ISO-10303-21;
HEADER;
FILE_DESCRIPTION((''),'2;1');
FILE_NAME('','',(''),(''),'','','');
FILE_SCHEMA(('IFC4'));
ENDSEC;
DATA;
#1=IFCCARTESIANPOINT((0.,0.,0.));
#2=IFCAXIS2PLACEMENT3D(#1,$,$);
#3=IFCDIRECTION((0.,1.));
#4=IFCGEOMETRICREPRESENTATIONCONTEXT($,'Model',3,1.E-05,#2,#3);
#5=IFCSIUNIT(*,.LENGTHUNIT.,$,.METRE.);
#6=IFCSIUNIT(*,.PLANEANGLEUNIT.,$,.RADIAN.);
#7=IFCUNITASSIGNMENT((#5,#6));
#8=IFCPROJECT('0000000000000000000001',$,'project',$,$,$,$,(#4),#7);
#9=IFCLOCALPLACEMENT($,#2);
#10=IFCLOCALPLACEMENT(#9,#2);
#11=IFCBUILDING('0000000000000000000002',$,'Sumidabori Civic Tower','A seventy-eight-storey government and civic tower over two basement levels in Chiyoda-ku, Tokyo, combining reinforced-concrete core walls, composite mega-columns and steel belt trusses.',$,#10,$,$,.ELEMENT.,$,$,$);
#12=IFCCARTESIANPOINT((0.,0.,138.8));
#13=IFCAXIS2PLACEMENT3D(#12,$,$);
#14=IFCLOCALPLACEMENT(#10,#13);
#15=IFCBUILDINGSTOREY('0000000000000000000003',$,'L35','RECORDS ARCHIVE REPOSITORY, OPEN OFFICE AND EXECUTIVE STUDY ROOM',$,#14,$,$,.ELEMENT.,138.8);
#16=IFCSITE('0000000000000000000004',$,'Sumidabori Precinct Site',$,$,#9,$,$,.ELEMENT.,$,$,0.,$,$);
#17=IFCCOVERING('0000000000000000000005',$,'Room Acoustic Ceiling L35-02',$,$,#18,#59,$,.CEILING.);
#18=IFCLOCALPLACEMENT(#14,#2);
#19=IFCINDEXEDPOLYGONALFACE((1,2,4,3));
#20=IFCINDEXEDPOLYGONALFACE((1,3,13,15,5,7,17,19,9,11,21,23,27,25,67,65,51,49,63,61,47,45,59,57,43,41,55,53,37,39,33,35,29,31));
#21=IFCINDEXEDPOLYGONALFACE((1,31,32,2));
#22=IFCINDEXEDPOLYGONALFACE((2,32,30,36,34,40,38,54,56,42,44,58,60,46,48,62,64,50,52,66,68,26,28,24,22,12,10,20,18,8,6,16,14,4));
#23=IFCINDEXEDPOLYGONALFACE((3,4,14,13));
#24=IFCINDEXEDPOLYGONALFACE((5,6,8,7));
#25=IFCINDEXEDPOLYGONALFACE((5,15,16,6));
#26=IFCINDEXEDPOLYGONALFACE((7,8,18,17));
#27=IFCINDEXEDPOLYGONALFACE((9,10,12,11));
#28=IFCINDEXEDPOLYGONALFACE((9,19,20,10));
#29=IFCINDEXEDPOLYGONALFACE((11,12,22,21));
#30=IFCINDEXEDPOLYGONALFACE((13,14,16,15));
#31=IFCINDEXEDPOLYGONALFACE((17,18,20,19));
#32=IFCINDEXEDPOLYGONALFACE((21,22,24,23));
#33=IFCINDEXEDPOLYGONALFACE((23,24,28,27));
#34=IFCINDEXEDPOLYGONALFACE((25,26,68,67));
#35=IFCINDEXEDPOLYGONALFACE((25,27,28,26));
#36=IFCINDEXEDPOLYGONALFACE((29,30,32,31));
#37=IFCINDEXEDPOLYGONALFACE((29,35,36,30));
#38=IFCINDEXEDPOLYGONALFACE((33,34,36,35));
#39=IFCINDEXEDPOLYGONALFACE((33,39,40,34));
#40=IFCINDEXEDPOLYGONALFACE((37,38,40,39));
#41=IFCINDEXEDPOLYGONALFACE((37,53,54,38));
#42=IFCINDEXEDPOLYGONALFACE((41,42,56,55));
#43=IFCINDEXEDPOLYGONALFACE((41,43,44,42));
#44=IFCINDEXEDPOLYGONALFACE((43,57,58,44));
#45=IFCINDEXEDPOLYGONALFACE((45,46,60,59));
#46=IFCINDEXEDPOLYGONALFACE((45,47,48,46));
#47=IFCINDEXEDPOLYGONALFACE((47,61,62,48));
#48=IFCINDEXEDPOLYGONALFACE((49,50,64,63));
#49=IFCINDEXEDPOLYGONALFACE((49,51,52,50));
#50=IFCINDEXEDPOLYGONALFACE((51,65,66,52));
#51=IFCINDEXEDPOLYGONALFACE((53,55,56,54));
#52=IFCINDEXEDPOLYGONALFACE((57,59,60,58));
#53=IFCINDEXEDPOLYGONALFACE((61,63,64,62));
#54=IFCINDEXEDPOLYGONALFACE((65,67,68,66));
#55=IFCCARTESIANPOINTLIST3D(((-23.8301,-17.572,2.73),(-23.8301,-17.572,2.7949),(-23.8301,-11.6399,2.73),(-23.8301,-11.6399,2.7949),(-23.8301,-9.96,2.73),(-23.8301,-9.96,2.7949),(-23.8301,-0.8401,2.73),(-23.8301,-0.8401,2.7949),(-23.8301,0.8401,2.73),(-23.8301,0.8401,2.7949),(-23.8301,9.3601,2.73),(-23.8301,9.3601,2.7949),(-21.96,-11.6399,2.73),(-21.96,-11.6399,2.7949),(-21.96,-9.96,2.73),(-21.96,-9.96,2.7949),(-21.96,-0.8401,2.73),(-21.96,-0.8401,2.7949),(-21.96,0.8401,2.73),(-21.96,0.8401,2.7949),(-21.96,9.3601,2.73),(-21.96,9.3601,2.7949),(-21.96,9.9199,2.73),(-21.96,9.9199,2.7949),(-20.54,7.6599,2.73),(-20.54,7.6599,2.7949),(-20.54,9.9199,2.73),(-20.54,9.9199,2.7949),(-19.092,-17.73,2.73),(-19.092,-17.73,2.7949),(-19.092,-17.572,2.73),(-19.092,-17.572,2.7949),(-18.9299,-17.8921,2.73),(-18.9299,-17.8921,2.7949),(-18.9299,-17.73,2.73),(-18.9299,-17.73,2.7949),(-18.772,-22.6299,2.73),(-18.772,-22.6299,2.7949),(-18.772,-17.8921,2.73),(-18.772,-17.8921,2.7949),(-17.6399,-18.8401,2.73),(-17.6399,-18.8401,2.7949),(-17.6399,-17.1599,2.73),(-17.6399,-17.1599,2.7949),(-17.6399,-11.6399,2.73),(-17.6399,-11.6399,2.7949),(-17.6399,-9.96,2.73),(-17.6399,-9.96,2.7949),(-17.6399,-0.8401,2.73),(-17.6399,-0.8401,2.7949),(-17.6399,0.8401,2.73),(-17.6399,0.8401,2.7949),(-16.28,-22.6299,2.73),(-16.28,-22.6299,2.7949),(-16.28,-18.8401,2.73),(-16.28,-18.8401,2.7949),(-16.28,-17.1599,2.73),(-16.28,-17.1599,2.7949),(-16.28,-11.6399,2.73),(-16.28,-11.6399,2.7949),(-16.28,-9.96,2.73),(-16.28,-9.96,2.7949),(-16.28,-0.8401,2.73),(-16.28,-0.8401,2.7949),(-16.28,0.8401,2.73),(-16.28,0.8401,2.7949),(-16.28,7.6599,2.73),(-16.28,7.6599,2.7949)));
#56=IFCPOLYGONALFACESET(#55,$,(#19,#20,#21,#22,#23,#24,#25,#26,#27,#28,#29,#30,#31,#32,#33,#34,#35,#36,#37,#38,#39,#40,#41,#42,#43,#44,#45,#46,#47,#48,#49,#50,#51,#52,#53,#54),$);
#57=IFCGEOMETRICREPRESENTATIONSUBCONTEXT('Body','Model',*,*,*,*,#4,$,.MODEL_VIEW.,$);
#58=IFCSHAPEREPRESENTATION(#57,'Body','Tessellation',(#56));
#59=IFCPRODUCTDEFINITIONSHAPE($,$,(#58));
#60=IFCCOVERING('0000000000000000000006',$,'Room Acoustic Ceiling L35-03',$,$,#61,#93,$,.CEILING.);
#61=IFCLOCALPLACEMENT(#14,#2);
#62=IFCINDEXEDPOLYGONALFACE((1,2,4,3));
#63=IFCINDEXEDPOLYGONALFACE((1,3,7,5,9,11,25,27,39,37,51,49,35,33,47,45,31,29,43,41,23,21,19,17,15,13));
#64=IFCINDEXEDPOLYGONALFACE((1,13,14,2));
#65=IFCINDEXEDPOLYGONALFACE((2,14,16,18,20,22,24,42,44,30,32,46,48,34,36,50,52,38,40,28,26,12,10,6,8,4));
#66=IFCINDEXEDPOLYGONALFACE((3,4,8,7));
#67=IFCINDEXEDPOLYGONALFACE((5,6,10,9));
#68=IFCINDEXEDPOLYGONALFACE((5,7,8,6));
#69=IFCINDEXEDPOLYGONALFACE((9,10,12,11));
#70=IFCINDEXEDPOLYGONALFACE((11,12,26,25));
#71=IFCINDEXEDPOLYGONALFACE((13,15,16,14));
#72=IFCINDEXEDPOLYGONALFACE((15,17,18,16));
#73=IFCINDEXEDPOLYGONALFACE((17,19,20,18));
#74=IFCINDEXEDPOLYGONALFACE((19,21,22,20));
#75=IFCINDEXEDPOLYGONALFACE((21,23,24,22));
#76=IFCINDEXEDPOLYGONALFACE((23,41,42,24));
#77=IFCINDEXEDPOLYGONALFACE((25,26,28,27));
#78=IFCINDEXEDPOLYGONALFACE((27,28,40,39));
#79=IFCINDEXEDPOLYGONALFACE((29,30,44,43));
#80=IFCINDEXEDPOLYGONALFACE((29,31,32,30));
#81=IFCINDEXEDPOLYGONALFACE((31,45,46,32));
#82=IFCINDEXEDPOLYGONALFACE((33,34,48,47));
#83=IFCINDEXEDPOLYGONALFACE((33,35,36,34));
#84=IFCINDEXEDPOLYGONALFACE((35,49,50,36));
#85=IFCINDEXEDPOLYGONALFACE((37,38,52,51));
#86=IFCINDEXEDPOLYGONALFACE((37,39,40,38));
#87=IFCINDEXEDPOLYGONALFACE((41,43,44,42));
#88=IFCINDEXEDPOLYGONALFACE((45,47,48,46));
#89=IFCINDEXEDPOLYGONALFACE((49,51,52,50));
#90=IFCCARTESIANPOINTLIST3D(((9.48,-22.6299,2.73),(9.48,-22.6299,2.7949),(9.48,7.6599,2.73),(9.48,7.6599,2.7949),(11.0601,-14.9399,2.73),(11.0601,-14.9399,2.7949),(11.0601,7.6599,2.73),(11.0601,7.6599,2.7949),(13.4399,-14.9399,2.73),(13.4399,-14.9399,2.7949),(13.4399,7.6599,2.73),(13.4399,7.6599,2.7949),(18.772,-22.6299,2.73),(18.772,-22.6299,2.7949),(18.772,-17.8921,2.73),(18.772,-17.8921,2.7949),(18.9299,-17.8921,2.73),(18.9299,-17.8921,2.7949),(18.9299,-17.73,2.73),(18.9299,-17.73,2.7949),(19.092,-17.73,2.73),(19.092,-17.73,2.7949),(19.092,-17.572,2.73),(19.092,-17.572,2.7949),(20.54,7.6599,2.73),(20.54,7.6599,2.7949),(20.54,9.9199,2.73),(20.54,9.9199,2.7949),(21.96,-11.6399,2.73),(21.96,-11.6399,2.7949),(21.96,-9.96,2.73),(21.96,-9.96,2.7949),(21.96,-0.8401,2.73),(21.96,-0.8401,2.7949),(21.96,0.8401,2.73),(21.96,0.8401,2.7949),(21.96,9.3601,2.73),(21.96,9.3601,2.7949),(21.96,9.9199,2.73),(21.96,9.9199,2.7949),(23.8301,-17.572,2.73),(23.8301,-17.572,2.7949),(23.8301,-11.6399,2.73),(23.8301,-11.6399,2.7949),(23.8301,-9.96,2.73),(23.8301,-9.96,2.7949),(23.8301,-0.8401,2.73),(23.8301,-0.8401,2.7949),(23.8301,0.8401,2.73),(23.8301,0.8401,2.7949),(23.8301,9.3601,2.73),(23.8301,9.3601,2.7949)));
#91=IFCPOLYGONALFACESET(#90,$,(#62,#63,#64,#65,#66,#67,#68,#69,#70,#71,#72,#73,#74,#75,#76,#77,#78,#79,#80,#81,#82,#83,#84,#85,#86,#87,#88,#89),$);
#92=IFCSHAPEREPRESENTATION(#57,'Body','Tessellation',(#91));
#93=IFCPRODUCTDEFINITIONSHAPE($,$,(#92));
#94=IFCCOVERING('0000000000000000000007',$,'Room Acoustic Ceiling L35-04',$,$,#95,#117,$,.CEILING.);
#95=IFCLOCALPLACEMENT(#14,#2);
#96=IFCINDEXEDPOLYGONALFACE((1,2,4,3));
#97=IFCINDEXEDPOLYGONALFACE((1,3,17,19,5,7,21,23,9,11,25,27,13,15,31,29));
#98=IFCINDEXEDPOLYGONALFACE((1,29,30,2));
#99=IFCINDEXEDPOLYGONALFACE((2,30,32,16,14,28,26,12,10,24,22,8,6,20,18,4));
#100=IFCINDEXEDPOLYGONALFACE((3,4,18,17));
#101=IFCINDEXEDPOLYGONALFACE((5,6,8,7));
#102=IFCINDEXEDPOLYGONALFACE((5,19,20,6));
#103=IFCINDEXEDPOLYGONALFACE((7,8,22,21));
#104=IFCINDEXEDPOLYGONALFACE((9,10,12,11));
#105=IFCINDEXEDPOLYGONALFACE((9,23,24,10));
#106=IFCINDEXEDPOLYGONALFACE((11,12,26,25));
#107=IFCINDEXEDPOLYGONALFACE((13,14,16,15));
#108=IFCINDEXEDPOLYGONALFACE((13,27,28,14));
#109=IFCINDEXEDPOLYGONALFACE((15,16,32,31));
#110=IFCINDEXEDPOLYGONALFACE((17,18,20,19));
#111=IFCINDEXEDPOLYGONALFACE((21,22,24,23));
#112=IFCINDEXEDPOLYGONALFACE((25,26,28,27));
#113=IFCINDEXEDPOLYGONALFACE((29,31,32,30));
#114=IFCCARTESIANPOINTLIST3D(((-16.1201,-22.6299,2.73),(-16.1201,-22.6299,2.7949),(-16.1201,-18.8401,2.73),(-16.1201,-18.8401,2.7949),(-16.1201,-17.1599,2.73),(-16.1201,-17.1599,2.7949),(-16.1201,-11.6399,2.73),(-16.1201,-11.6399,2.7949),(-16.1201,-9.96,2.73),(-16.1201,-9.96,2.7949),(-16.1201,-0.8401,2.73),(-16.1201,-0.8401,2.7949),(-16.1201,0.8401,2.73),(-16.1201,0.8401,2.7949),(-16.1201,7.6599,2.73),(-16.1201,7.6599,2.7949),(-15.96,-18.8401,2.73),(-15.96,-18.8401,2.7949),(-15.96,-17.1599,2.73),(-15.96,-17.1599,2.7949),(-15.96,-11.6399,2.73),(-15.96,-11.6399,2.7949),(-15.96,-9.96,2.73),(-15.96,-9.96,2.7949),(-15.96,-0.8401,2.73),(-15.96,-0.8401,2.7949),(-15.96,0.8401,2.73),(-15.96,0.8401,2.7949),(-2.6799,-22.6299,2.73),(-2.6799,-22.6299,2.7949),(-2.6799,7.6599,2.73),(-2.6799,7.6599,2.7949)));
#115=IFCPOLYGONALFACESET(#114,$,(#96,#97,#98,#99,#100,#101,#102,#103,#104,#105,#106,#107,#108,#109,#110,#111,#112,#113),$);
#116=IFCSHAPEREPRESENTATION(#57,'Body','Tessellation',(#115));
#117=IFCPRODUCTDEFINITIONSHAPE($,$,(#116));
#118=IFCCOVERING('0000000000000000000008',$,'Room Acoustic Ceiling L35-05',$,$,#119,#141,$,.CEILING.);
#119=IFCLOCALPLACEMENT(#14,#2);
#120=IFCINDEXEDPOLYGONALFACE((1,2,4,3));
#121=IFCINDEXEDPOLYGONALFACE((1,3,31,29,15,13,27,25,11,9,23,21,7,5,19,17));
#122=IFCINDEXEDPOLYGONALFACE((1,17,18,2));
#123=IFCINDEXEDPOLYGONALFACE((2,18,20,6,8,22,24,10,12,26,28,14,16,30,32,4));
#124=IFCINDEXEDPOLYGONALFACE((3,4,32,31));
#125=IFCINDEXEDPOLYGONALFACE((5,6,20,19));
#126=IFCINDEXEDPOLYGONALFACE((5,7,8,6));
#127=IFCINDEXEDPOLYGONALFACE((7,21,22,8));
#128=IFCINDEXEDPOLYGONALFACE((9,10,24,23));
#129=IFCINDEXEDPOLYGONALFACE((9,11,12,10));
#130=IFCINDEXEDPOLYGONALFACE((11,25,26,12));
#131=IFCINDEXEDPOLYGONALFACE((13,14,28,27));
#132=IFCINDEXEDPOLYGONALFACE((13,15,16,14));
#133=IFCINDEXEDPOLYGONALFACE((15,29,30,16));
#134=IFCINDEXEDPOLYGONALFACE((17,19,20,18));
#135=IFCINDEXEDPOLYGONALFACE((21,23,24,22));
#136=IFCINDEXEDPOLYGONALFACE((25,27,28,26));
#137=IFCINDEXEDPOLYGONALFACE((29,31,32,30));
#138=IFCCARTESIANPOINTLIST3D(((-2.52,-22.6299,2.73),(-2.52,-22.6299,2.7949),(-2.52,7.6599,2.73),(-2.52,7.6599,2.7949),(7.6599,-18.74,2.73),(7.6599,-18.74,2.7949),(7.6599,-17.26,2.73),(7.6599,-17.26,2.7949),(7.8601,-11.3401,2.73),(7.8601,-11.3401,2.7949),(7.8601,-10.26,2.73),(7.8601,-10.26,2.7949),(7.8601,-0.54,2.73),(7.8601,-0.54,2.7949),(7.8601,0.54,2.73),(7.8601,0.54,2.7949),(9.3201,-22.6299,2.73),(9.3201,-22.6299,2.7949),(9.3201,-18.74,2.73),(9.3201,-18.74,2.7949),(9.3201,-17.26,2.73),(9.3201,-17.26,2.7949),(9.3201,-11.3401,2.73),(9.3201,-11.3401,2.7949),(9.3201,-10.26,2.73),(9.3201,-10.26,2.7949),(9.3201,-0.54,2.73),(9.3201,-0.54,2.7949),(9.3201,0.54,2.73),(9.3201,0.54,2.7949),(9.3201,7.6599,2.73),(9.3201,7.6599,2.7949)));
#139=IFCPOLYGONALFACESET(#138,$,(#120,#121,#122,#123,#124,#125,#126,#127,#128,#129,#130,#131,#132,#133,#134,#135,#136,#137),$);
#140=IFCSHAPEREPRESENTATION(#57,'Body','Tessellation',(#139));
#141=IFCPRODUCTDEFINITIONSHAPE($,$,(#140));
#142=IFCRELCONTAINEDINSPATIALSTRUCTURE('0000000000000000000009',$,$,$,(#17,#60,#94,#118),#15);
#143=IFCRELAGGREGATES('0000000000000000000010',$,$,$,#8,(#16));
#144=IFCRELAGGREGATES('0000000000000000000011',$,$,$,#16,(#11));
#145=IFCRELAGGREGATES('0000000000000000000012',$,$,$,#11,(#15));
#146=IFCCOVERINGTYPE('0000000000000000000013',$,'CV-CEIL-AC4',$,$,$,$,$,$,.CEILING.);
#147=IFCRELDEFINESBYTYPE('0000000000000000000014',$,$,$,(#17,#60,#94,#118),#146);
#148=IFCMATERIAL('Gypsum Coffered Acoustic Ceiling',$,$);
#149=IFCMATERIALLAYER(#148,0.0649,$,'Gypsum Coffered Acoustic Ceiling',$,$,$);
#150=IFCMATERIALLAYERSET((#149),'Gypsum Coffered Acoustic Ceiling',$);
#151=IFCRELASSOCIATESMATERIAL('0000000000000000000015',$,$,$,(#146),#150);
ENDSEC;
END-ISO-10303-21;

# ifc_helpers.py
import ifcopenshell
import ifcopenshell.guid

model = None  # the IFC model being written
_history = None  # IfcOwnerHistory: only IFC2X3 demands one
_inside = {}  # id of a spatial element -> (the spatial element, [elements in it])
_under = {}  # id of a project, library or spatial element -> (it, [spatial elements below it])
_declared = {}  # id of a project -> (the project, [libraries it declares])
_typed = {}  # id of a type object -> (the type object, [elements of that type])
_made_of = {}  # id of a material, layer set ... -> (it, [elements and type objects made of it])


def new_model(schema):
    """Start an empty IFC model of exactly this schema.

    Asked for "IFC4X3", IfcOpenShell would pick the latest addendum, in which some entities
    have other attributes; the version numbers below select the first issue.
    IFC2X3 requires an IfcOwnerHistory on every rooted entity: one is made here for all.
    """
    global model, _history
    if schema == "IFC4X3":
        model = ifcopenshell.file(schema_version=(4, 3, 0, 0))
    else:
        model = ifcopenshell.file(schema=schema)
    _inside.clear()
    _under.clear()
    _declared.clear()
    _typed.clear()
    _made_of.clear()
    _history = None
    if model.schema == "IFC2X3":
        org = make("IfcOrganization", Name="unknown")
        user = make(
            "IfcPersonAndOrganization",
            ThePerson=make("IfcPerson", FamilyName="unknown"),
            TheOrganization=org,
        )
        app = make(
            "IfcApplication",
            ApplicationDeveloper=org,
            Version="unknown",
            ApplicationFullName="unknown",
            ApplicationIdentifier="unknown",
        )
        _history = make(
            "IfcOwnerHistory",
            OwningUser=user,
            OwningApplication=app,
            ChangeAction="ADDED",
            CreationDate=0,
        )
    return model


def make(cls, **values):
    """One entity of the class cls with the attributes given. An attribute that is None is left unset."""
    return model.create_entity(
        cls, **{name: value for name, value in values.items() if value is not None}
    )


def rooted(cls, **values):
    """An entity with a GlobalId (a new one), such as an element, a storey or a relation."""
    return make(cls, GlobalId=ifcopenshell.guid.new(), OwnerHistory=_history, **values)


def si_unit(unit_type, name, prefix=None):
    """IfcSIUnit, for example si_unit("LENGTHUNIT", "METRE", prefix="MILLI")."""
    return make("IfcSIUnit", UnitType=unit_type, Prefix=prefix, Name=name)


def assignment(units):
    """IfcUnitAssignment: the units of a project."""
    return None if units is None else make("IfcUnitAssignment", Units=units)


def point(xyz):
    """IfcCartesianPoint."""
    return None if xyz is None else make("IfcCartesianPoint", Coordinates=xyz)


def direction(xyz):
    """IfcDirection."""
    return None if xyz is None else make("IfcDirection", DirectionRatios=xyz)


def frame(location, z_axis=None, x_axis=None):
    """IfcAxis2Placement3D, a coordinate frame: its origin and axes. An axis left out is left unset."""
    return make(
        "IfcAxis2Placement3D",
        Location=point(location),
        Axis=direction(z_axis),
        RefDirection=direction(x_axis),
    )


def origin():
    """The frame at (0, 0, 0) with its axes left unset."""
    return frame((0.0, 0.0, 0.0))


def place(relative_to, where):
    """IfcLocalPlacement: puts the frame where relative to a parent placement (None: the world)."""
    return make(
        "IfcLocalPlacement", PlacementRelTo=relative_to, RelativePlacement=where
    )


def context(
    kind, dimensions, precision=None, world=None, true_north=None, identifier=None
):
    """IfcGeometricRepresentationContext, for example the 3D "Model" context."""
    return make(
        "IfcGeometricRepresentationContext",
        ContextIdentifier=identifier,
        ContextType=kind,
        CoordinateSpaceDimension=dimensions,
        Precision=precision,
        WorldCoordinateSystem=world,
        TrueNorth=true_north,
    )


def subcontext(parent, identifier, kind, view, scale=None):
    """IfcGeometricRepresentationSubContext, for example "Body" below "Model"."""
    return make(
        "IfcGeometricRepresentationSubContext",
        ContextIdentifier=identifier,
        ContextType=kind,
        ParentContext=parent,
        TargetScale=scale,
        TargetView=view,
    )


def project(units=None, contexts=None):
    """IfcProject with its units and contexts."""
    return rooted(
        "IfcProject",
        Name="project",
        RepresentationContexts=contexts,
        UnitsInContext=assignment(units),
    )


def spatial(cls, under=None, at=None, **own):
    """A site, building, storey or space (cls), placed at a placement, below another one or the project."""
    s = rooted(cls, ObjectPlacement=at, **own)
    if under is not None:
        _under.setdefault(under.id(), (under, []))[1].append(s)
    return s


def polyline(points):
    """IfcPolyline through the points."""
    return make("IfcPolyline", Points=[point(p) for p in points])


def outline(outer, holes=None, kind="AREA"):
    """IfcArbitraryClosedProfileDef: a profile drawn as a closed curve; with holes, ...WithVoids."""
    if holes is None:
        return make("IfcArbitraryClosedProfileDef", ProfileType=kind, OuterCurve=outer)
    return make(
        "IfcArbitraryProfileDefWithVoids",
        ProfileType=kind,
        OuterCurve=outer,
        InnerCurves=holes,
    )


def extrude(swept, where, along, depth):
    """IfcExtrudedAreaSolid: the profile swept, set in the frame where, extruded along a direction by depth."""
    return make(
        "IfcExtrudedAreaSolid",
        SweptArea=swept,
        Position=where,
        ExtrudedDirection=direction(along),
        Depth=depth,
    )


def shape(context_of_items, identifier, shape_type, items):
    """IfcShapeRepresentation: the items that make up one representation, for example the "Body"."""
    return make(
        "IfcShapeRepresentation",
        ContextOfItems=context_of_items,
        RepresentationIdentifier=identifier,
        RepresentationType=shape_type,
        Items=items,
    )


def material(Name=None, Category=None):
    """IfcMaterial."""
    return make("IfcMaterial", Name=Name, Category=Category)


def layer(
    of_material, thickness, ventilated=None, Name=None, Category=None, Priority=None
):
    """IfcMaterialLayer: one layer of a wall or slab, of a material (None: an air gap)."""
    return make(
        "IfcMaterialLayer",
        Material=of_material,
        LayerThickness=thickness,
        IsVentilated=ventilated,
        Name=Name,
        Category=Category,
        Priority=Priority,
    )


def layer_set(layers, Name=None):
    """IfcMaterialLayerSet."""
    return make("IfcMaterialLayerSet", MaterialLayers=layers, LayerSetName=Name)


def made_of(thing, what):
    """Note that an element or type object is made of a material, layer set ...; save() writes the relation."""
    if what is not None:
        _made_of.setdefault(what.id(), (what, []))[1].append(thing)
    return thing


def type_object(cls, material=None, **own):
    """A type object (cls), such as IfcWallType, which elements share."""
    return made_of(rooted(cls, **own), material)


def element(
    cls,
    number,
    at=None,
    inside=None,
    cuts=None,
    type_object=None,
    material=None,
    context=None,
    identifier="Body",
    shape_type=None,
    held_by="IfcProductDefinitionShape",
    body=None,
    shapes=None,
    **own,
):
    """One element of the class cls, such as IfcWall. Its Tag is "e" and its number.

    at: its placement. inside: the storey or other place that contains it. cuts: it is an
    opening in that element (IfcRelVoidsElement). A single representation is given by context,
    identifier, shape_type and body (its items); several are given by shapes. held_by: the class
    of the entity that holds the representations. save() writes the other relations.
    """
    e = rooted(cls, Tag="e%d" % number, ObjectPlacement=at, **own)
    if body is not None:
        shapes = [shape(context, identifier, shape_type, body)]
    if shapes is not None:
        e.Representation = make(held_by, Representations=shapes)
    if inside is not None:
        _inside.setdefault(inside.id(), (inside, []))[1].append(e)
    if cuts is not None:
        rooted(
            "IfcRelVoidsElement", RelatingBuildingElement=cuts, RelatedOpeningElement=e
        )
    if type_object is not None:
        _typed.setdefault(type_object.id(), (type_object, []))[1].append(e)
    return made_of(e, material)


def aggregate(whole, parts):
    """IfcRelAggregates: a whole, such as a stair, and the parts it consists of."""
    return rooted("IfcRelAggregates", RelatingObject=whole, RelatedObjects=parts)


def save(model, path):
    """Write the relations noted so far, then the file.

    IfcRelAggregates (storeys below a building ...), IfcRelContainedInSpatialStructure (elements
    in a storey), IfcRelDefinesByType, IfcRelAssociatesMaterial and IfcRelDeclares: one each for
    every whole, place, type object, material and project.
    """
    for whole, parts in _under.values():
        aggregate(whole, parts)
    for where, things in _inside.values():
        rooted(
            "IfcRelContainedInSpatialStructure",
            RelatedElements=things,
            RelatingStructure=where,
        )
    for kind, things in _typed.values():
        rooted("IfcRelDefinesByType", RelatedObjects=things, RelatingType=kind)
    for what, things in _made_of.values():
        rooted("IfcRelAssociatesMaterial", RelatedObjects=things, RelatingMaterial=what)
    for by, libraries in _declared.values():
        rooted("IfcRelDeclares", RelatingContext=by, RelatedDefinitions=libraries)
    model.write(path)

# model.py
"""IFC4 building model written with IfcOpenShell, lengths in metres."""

from ifc_helpers import new_model, si_unit, direction, frame, origin, place, context, subcontext, project, spatial, polyline, outline, extrude, material, layer, layer_set, type_object, element, save


model = new_model("IFC4")

# Units and contexts
model_context = context("Model", 3, precision=1e-05, world=origin(), true_north=direction((0.0, 1.0)))
body_context = subcontext(model_context, "Body", "Model", "MODEL_VIEW")
ifc_project = project(units=[si_unit("LENGTHUNIT", "METRE"), si_unit("PLANEANGLEUNIT", "RADIAN")], contexts=[model_context])

# Site, building, storey
site_placement = place(None, origin())
site = spatial("IfcSite", under=ifc_project, at=site_placement, Name="Sumidabori Precinct Site", CompositionType="ELEMENT", RefElevation=0.0)
building_placement = place(site_placement, origin())
building = spatial("IfcBuilding", under=site, at=building_placement, Name="Sumidabori Civic Tower", Description="A seventy-eight-storey government and civic tower over two basement levels in Chiyoda-ku, Tokyo, combining reinforced-concrete core walls, composite mega-columns and steel belt trusses.", CompositionType="ELEMENT")
storey_placement = place(building_placement, frame((0.0, 0.0, 138.8)))
storey = spatial("IfcBuildingStorey", under=building, at=storey_placement, Name="L35", Description="RECORDS ARCHIVE REPOSITORY, OPEN OFFICE AND EXECUTIVE STUDY ROOM", CompositionType="ELEMENT", Elevation=138.8)

# Coverings
ifc_material_1 = material(Name="Gypsum Coffered Acoustic Ceiling")
ifc_layer_1 = layer(ifc_material_1, 0.0649, Name="Gypsum Coffered Acoustic Ceiling")
ifc_layer_set_1 = layer_set([ifc_layer_1], Name="Gypsum Coffered Acoustic Ceiling")
covering_type_1 = type_object("IfcCoveringType", Name="CV-CEIL-AC4", PredefinedType="CEILING", material=ifc_layer_set_1)
covering_1_placement = place(storey_placement, frame((0.0, 0.0, 2.73)))
element("IfcCovering", 1, at=covering_1_placement, inside=storey, type_object=covering_type_1, Name="Room Acoustic Ceiling L35-02", PredefinedType="CEILING", context=body_context, shape_type="SweptSolid", body=[
    extrude(outline(polyline([(-21.96, -11.6399), (-21.96, -9.96), (-23.8301, -9.96), (-23.8301, -0.8401), (-21.96, -0.8401), (-21.96, 0.8401), (-23.8301, 0.8401), (-23.8301, 9.3601), (-21.96, 9.3601), (-21.96, 9.9199), (-20.54, 9.9199), (-20.54, 7.6599), (-16.28, 7.6599), (-16.28, 0.8401), (-17.6399, 0.8401), (-17.6399, -0.8401), (-16.28, -0.8401), (-16.28, -9.96), (-17.6399, -9.96), (-17.6399, -11.6399), (-16.28, -11.6399), (-16.28, -17.1599), (-17.6399, -17.1599), (-17.6399, -18.8401), (-16.28, -18.8401), (-16.28, -22.6299), (-18.772, -22.6299), (-18.772, -17.8921), (-18.9299, -17.8921), (-18.9299, -17.73), (-19.092, -17.73), (-19.092, -17.572), (-23.8301, -17.572), (-23.8301, -11.6399), (-21.96, -11.6399)])), origin(), (0.0, 0.0, 1.0), 0.0649),
])
covering_2_placement = place(storey_placement, frame((0.0, 0.0, 2.73)))
element("IfcCovering", 2, at=covering_2_placement, inside=storey, type_object=covering_type_1, Name="Room Acoustic Ceiling L35-03", PredefinedType="CEILING", context=body_context, shape_type="SweptSolid", body=[
    extrude(outline(polyline([(18.772, -22.6299), (9.48, -22.6299), (9.48, 7.6599), (11.0601, 7.6599), (11.0601, -14.9399), (13.4399, -14.9399), (13.4399, 7.6599), (20.54, 7.6599), (20.54, 9.9199), (21.96, 9.9199), (21.96, 9.3601), (23.8301, 9.3601), (23.8301, 0.8401), (21.96, 0.8401), (21.96, -0.8401), (23.8301, -0.8401), (23.8301, -9.96), (21.96, -9.96), (21.96, -11.6399), (23.8301, -11.6399), (23.8301, -17.572), (19.092, -17.572), (19.092, -17.73), (18.9299, -17.73), (18.9299, -17.8921), (18.772, -17.8921), (18.772, -22.6299)])), origin(), (0.0, 0.0, 1.0), 0.0649),
])
covering_3_placement = place(storey_placement, frame((0.0, 0.0, 2.73)))
element("IfcCovering", 3, at=covering_3_placement, inside=storey, type_object=covering_type_1, Name="Room Acoustic Ceiling L35-04", PredefinedType="CEILING", context=body_context, shape_type="SweptSolid", body=[
    extrude(outline(polyline([(-16.1201, -18.8401), (-15.96, -18.8401), (-15.96, -17.1599), (-16.1201, -17.1599), (-16.1201, -11.6399), (-15.96, -11.6399), (-15.96, -9.96), (-16.1201, -9.96), (-16.1201, -0.8401), (-15.96, -0.8401), (-15.96, 0.8401), (-16.1201, 0.8401), (-16.1201, 7.6599), (-2.6799, 7.6599), (-2.6799, -22.6299), (-16.1201, -22.6299), (-16.1201, -18.8401)])), origin(), (0.0, 0.0, 1.0), 0.0649),
])
covering_4_placement = place(storey_placement, frame((0.0, 0.0, 2.73)))
element("IfcCovering", 4, at=covering_4_placement, inside=storey, type_object=covering_type_1, Name="Room Acoustic Ceiling L35-05", PredefinedType="CEILING", context=body_context, shape_type="SweptSolid", body=[
    extrude(outline(polyline([(-2.52, -22.6299), (-2.52, 7.6599), (9.3201, 7.6599), (9.3201, 0.54), (7.8601, 0.54), (7.8601, -0.54), (9.3201, -0.54), (9.3201, -10.26), (7.8601, -10.26), (7.8601, -11.3401), (9.3201, -11.3401), (9.3201, -17.26), (7.6599, -17.26), (7.6599, -18.74), (9.3201, -18.74), (9.3201, -22.6299), (-2.52, -22.6299)])), origin(), (0.0, 0.0, 1.0), 0.0649),
])

save(model, "model.ifc")
